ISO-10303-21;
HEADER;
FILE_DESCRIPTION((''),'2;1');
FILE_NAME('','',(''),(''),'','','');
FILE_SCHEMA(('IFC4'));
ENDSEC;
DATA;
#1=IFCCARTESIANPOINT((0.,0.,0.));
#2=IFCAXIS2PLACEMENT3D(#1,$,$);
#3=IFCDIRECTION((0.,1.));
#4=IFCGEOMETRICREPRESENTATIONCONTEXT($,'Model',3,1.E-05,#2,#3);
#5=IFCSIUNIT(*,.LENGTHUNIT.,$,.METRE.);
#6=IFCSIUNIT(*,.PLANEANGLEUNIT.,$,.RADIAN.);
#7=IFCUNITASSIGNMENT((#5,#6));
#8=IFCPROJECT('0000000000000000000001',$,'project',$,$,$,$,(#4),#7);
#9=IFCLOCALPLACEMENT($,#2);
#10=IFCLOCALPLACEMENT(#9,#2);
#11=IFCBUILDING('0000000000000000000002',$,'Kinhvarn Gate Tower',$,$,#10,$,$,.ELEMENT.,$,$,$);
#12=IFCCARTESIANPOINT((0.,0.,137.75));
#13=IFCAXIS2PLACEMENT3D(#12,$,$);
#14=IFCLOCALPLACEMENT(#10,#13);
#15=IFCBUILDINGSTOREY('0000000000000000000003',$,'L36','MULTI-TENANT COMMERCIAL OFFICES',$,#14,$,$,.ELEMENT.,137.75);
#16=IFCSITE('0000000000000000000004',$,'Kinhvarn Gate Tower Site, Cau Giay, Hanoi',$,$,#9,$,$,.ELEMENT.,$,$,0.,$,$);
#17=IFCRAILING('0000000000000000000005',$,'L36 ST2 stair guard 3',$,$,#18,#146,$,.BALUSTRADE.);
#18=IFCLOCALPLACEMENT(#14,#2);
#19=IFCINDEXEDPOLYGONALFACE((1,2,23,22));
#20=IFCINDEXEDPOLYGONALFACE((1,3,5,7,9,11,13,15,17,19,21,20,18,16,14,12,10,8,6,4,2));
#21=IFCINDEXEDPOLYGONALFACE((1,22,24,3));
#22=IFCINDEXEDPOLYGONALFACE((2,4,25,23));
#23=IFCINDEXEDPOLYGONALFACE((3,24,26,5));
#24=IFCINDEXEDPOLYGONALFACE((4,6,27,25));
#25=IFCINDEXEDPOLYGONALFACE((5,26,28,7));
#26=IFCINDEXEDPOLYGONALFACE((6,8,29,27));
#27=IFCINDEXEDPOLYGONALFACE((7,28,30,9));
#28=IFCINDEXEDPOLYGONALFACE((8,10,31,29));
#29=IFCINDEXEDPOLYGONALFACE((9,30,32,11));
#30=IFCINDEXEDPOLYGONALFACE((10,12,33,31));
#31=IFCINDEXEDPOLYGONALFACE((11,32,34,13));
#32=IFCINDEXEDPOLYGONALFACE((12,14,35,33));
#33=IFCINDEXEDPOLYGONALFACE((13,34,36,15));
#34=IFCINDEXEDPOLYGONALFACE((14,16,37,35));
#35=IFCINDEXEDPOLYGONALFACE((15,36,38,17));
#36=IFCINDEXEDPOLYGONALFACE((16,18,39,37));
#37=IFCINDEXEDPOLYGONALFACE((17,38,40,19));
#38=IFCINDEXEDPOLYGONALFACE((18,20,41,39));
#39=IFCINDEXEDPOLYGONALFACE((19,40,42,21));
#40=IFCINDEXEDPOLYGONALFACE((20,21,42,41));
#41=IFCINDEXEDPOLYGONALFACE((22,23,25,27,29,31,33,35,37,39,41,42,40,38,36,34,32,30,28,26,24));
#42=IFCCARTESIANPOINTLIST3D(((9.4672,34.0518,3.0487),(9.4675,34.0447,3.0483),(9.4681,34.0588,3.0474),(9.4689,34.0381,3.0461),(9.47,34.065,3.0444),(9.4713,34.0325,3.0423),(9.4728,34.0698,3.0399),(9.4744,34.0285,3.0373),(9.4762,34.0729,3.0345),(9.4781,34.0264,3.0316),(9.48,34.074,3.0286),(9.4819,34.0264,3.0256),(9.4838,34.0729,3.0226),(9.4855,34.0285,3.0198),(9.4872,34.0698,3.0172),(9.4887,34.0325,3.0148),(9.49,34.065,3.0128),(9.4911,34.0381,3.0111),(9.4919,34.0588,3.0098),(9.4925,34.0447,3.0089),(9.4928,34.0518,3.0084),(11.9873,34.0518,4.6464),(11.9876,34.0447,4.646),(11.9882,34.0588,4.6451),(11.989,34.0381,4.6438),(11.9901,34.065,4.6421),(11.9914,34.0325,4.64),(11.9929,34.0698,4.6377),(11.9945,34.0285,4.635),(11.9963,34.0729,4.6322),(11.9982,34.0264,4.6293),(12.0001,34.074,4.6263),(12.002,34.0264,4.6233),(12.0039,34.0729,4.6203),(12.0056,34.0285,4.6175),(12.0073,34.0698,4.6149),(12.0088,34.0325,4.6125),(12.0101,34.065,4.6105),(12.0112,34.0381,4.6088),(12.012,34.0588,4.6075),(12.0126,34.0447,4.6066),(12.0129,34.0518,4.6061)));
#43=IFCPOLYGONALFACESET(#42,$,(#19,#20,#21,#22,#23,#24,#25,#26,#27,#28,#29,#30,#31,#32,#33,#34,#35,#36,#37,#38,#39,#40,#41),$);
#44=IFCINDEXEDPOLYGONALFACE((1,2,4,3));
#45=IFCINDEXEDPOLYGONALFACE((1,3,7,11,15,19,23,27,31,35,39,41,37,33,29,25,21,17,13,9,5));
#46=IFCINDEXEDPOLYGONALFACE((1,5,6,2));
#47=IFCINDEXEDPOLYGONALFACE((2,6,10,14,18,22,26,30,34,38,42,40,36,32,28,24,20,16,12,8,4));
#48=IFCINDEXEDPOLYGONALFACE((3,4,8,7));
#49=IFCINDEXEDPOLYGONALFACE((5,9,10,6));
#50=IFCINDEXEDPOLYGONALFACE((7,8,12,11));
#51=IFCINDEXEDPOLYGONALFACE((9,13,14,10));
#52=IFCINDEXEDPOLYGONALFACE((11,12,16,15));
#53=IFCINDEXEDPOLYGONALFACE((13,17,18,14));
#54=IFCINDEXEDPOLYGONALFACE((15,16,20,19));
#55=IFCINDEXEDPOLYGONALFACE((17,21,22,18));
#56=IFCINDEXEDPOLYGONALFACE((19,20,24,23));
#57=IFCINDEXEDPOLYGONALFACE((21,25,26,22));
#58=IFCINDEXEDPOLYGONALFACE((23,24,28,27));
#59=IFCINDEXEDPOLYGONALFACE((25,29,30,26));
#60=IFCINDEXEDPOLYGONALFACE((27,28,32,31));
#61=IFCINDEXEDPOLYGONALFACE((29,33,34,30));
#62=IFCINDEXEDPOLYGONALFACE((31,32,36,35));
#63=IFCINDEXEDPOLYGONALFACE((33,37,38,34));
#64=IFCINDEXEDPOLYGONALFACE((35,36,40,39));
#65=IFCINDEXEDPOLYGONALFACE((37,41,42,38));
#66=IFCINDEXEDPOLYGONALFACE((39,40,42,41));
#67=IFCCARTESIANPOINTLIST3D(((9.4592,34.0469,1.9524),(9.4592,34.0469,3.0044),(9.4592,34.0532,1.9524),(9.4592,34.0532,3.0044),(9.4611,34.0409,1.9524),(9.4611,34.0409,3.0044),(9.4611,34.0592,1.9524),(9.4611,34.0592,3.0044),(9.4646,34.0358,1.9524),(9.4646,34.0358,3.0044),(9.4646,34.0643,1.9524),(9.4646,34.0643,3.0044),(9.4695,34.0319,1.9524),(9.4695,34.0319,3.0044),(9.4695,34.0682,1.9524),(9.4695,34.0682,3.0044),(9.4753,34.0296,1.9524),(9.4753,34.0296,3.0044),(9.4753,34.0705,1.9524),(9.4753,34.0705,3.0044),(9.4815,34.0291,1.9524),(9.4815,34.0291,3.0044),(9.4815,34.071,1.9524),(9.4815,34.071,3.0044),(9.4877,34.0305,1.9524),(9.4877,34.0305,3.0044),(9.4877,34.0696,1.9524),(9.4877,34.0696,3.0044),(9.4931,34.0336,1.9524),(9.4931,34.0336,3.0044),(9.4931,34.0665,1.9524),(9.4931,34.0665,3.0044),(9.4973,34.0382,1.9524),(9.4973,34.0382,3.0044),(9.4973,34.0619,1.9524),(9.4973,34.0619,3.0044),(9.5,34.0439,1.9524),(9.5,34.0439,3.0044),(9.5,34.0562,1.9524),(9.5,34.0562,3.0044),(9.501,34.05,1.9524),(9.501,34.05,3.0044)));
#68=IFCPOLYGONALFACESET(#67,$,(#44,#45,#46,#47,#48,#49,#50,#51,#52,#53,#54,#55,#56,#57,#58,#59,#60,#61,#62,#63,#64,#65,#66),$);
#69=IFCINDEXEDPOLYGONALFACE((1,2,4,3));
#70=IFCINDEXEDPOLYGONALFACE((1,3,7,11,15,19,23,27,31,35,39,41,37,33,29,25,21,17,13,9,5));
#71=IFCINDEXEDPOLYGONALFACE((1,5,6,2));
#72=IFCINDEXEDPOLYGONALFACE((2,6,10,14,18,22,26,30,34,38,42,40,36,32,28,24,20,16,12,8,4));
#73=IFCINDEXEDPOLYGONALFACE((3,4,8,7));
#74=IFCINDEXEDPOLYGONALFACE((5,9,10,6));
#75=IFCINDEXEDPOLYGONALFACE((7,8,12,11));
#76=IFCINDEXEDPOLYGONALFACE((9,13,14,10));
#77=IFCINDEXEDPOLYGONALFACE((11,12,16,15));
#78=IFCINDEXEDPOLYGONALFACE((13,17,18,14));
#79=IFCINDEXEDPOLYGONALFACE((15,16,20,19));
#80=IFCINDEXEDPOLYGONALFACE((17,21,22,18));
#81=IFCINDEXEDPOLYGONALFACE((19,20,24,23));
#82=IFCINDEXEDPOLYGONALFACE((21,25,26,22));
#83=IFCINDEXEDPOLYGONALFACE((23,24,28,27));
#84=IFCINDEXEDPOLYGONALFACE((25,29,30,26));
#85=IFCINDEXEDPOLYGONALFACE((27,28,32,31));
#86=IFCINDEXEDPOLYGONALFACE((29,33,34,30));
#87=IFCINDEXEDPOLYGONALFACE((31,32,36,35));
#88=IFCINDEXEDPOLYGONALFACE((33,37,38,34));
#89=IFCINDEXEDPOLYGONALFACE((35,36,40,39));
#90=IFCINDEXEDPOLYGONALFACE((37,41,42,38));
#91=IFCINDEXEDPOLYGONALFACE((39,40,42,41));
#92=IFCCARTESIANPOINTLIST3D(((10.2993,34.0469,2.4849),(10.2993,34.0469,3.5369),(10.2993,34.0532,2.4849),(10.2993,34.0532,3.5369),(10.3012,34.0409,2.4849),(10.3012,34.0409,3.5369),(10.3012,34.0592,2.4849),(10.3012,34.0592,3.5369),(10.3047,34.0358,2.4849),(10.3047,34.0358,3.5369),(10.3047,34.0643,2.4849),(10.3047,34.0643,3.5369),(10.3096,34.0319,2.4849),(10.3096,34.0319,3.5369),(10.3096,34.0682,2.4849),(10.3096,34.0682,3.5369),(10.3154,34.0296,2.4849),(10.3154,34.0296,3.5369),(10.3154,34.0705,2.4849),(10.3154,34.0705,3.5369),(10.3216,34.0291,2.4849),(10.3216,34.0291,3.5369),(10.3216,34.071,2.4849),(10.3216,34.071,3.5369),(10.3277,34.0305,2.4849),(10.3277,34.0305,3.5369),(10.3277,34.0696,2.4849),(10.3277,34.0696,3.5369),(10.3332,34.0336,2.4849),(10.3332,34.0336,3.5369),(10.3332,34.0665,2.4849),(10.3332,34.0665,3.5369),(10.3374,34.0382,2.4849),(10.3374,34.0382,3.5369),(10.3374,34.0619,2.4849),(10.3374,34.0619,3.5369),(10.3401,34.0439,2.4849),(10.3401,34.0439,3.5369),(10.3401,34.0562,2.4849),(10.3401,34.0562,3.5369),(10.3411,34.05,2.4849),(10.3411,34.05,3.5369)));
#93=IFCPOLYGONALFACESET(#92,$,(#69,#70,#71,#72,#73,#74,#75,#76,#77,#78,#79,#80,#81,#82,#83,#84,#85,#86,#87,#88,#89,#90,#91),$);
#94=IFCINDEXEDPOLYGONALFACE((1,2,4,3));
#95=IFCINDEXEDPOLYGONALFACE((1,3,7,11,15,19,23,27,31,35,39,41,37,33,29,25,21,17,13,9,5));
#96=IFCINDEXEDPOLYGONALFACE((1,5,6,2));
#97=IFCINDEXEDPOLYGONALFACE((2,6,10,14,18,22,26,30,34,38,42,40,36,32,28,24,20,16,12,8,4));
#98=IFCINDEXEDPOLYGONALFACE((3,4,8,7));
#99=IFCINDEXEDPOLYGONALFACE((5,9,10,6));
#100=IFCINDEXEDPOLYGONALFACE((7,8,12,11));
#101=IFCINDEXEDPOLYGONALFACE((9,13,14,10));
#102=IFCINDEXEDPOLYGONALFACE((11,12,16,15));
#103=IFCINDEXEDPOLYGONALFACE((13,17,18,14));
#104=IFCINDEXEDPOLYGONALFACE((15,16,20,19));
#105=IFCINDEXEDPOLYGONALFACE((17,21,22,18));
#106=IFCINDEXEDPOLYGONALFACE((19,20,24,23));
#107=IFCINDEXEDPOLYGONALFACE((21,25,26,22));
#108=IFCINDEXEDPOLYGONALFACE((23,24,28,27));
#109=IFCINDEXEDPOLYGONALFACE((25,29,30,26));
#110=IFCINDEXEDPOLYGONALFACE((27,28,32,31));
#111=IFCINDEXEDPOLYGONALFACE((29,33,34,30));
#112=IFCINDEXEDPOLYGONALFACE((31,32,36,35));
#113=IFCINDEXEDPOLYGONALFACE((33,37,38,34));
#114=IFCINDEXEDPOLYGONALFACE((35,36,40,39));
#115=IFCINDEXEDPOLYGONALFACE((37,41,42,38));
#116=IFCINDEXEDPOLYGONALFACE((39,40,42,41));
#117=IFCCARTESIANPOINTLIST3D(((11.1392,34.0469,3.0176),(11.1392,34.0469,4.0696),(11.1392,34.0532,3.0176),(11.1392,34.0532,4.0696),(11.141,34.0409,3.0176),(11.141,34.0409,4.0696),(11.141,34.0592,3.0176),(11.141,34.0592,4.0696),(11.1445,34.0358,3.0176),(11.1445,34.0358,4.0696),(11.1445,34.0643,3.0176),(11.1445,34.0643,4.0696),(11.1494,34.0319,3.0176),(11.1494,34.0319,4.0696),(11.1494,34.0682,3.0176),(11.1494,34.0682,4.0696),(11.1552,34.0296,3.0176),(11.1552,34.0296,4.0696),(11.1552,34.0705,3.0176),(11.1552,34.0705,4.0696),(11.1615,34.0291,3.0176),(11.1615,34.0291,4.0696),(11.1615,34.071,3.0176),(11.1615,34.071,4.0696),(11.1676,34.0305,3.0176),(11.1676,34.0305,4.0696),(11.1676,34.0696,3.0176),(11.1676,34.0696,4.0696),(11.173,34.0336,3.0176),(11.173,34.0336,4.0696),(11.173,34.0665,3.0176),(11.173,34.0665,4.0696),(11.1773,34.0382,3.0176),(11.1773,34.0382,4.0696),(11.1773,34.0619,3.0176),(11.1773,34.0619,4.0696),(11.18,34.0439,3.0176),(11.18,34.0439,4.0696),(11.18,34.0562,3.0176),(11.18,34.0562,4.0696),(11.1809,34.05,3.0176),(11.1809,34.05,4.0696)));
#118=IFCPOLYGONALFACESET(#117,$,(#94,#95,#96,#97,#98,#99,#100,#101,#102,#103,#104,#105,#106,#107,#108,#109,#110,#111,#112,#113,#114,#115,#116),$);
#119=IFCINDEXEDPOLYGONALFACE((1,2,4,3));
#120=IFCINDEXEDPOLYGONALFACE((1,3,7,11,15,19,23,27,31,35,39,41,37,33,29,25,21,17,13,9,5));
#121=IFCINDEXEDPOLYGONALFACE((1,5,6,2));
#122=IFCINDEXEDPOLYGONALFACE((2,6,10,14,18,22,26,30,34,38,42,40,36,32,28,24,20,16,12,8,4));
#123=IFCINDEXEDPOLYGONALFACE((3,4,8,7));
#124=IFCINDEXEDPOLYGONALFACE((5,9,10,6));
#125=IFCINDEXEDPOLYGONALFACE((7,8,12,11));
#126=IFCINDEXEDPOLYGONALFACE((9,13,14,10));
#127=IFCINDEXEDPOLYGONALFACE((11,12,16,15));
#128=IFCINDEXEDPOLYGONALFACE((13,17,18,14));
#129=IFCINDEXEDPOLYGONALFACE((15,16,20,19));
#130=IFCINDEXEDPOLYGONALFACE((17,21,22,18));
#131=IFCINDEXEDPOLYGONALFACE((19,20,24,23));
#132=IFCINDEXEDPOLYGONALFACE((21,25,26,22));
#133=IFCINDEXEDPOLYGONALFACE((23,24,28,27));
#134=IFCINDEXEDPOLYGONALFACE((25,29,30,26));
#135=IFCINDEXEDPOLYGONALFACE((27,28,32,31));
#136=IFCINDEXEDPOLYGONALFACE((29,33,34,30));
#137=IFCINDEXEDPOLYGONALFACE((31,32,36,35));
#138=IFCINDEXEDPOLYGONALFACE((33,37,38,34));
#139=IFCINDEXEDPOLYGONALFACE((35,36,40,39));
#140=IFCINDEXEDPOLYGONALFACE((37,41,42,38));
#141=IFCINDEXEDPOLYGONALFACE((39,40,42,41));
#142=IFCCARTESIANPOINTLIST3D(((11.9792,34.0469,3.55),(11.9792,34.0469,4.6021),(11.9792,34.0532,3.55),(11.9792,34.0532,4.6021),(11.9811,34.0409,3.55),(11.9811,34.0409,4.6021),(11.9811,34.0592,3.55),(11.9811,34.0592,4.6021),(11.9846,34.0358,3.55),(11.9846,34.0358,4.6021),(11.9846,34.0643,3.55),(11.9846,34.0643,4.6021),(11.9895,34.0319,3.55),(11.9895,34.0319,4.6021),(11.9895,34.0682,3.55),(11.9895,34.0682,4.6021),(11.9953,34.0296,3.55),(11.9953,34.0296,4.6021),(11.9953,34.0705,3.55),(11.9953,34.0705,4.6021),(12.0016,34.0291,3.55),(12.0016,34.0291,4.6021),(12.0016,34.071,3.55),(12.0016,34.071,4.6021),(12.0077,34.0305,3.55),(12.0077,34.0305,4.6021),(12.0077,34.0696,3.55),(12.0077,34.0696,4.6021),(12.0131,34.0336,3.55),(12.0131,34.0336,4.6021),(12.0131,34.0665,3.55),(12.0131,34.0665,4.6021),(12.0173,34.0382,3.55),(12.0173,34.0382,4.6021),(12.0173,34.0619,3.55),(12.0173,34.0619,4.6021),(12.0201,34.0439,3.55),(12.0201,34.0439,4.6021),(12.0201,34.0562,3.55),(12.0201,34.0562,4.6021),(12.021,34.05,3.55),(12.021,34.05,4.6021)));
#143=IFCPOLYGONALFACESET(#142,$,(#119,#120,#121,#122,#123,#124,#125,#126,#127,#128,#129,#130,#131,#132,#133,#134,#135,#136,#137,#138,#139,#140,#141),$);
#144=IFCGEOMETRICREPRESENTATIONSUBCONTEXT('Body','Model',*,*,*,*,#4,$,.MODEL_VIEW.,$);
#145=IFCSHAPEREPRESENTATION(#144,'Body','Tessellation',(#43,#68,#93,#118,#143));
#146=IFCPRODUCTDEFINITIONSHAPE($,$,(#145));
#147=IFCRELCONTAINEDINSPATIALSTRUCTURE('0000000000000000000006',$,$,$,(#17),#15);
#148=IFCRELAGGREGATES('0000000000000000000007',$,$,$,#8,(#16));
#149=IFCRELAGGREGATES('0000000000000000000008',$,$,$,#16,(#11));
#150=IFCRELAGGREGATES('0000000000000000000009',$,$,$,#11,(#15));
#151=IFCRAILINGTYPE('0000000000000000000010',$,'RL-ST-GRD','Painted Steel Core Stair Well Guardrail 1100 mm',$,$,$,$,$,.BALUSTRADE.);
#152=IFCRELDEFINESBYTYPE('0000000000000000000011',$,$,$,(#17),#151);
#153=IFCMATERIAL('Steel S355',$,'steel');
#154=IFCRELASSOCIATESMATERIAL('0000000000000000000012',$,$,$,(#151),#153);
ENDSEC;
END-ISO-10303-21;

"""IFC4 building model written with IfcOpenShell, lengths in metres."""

from ifc_helpers import new_model, si_unit, direction, frame, origin, origin_2d, place, context, subcontext, project, spatial, circle, extrude, material, type_object, element, save


model = new_model("IFC4")

# Units and contexts
model_context = context("Model", 3, precision=1e-05, world=origin(), true_north=direction((0.0, 1.0)))
body_context = subcontext(model_context, "Body", "Model", "MODEL_VIEW")
ifc_project = project(units=[si_unit("LENGTHUNIT", "METRE"), si_unit("PLANEANGLEUNIT", "RADIAN")], contexts=[model_context])

# Site, building, storey
site_placement = place(None, origin())
site = spatial("IfcSite", under=ifc_project, at=site_placement, Name="Kinhvarn Gate Tower Site, Cau Giay, Hanoi", CompositionType="ELEMENT", RefElevation=0.0)
building_placement = place(site_placement, origin())
building = spatial("IfcBuilding", under=site, at=building_placement, Name="Kinhvarn Gate Tower", CompositionType="ELEMENT")
storey_placement = place(building_placement, frame((0.0, 0.0, 137.75)))
storey = spatial("IfcBuildingStorey", under=building, at=storey_placement, Name="L36", Description="MULTI-TENANT COMMERCIAL OFFICES", CompositionType="ELEMENT", Elevation=137.75)

# Shared definitions
ifc_material_1 = material(Name="Steel S355", Category="steel")

# Railing
railing_type_1 = type_object("IfcRailingType", Name="RL-ST-GRD", Description="Painted Steel Core Stair Well Guardrail 1100 mm", PredefinedType="BALUSTRADE", material=ifc_material_1)
railing_1_placement = place(storey_placement, frame((9.48, 34.05, 1.9524)))
element("IfcRailing", 1, at=railing_1_placement, inside=storey, type_object=railing_type_1, Name="L36 ST2 stair guard 3", PredefinedType="BALUSTRADE", context=body_context, shape_type="SweptSolid", body=[
    extrude(circle(Radius=0.0239, at=origin_2d()), frame((0.0, 0.0, 1.0762), z_axis=(0.84457, 0.0, 0.535445), x_axis=(0.0, 1.0, 0.0)), (0.0, 0.0, 1.0), 2.9839),
    extrude(circle(Radius=0.021, at=origin_2d()), origin(), (0.0, 0.0, 1.0), 1.052),
    extrude(circle(Radius=0.021, at=origin_2d()), frame((0.8401, 0.0, 0.5325)), (0.0, 0.0, 1.0), 1.052),
    extrude(circle(Radius=0.021, at=origin_2d()), frame((1.6799, 0.0, 1.0652)), (0.0, 0.0, 1.0), 1.052),
    extrude(circle(Radius=0.021, at=origin_2d()), frame((2.52, 0.0, 1.5977)), (0.0, 0.0, 1.0), 1.052),
])

save(model, "model.ifc")
